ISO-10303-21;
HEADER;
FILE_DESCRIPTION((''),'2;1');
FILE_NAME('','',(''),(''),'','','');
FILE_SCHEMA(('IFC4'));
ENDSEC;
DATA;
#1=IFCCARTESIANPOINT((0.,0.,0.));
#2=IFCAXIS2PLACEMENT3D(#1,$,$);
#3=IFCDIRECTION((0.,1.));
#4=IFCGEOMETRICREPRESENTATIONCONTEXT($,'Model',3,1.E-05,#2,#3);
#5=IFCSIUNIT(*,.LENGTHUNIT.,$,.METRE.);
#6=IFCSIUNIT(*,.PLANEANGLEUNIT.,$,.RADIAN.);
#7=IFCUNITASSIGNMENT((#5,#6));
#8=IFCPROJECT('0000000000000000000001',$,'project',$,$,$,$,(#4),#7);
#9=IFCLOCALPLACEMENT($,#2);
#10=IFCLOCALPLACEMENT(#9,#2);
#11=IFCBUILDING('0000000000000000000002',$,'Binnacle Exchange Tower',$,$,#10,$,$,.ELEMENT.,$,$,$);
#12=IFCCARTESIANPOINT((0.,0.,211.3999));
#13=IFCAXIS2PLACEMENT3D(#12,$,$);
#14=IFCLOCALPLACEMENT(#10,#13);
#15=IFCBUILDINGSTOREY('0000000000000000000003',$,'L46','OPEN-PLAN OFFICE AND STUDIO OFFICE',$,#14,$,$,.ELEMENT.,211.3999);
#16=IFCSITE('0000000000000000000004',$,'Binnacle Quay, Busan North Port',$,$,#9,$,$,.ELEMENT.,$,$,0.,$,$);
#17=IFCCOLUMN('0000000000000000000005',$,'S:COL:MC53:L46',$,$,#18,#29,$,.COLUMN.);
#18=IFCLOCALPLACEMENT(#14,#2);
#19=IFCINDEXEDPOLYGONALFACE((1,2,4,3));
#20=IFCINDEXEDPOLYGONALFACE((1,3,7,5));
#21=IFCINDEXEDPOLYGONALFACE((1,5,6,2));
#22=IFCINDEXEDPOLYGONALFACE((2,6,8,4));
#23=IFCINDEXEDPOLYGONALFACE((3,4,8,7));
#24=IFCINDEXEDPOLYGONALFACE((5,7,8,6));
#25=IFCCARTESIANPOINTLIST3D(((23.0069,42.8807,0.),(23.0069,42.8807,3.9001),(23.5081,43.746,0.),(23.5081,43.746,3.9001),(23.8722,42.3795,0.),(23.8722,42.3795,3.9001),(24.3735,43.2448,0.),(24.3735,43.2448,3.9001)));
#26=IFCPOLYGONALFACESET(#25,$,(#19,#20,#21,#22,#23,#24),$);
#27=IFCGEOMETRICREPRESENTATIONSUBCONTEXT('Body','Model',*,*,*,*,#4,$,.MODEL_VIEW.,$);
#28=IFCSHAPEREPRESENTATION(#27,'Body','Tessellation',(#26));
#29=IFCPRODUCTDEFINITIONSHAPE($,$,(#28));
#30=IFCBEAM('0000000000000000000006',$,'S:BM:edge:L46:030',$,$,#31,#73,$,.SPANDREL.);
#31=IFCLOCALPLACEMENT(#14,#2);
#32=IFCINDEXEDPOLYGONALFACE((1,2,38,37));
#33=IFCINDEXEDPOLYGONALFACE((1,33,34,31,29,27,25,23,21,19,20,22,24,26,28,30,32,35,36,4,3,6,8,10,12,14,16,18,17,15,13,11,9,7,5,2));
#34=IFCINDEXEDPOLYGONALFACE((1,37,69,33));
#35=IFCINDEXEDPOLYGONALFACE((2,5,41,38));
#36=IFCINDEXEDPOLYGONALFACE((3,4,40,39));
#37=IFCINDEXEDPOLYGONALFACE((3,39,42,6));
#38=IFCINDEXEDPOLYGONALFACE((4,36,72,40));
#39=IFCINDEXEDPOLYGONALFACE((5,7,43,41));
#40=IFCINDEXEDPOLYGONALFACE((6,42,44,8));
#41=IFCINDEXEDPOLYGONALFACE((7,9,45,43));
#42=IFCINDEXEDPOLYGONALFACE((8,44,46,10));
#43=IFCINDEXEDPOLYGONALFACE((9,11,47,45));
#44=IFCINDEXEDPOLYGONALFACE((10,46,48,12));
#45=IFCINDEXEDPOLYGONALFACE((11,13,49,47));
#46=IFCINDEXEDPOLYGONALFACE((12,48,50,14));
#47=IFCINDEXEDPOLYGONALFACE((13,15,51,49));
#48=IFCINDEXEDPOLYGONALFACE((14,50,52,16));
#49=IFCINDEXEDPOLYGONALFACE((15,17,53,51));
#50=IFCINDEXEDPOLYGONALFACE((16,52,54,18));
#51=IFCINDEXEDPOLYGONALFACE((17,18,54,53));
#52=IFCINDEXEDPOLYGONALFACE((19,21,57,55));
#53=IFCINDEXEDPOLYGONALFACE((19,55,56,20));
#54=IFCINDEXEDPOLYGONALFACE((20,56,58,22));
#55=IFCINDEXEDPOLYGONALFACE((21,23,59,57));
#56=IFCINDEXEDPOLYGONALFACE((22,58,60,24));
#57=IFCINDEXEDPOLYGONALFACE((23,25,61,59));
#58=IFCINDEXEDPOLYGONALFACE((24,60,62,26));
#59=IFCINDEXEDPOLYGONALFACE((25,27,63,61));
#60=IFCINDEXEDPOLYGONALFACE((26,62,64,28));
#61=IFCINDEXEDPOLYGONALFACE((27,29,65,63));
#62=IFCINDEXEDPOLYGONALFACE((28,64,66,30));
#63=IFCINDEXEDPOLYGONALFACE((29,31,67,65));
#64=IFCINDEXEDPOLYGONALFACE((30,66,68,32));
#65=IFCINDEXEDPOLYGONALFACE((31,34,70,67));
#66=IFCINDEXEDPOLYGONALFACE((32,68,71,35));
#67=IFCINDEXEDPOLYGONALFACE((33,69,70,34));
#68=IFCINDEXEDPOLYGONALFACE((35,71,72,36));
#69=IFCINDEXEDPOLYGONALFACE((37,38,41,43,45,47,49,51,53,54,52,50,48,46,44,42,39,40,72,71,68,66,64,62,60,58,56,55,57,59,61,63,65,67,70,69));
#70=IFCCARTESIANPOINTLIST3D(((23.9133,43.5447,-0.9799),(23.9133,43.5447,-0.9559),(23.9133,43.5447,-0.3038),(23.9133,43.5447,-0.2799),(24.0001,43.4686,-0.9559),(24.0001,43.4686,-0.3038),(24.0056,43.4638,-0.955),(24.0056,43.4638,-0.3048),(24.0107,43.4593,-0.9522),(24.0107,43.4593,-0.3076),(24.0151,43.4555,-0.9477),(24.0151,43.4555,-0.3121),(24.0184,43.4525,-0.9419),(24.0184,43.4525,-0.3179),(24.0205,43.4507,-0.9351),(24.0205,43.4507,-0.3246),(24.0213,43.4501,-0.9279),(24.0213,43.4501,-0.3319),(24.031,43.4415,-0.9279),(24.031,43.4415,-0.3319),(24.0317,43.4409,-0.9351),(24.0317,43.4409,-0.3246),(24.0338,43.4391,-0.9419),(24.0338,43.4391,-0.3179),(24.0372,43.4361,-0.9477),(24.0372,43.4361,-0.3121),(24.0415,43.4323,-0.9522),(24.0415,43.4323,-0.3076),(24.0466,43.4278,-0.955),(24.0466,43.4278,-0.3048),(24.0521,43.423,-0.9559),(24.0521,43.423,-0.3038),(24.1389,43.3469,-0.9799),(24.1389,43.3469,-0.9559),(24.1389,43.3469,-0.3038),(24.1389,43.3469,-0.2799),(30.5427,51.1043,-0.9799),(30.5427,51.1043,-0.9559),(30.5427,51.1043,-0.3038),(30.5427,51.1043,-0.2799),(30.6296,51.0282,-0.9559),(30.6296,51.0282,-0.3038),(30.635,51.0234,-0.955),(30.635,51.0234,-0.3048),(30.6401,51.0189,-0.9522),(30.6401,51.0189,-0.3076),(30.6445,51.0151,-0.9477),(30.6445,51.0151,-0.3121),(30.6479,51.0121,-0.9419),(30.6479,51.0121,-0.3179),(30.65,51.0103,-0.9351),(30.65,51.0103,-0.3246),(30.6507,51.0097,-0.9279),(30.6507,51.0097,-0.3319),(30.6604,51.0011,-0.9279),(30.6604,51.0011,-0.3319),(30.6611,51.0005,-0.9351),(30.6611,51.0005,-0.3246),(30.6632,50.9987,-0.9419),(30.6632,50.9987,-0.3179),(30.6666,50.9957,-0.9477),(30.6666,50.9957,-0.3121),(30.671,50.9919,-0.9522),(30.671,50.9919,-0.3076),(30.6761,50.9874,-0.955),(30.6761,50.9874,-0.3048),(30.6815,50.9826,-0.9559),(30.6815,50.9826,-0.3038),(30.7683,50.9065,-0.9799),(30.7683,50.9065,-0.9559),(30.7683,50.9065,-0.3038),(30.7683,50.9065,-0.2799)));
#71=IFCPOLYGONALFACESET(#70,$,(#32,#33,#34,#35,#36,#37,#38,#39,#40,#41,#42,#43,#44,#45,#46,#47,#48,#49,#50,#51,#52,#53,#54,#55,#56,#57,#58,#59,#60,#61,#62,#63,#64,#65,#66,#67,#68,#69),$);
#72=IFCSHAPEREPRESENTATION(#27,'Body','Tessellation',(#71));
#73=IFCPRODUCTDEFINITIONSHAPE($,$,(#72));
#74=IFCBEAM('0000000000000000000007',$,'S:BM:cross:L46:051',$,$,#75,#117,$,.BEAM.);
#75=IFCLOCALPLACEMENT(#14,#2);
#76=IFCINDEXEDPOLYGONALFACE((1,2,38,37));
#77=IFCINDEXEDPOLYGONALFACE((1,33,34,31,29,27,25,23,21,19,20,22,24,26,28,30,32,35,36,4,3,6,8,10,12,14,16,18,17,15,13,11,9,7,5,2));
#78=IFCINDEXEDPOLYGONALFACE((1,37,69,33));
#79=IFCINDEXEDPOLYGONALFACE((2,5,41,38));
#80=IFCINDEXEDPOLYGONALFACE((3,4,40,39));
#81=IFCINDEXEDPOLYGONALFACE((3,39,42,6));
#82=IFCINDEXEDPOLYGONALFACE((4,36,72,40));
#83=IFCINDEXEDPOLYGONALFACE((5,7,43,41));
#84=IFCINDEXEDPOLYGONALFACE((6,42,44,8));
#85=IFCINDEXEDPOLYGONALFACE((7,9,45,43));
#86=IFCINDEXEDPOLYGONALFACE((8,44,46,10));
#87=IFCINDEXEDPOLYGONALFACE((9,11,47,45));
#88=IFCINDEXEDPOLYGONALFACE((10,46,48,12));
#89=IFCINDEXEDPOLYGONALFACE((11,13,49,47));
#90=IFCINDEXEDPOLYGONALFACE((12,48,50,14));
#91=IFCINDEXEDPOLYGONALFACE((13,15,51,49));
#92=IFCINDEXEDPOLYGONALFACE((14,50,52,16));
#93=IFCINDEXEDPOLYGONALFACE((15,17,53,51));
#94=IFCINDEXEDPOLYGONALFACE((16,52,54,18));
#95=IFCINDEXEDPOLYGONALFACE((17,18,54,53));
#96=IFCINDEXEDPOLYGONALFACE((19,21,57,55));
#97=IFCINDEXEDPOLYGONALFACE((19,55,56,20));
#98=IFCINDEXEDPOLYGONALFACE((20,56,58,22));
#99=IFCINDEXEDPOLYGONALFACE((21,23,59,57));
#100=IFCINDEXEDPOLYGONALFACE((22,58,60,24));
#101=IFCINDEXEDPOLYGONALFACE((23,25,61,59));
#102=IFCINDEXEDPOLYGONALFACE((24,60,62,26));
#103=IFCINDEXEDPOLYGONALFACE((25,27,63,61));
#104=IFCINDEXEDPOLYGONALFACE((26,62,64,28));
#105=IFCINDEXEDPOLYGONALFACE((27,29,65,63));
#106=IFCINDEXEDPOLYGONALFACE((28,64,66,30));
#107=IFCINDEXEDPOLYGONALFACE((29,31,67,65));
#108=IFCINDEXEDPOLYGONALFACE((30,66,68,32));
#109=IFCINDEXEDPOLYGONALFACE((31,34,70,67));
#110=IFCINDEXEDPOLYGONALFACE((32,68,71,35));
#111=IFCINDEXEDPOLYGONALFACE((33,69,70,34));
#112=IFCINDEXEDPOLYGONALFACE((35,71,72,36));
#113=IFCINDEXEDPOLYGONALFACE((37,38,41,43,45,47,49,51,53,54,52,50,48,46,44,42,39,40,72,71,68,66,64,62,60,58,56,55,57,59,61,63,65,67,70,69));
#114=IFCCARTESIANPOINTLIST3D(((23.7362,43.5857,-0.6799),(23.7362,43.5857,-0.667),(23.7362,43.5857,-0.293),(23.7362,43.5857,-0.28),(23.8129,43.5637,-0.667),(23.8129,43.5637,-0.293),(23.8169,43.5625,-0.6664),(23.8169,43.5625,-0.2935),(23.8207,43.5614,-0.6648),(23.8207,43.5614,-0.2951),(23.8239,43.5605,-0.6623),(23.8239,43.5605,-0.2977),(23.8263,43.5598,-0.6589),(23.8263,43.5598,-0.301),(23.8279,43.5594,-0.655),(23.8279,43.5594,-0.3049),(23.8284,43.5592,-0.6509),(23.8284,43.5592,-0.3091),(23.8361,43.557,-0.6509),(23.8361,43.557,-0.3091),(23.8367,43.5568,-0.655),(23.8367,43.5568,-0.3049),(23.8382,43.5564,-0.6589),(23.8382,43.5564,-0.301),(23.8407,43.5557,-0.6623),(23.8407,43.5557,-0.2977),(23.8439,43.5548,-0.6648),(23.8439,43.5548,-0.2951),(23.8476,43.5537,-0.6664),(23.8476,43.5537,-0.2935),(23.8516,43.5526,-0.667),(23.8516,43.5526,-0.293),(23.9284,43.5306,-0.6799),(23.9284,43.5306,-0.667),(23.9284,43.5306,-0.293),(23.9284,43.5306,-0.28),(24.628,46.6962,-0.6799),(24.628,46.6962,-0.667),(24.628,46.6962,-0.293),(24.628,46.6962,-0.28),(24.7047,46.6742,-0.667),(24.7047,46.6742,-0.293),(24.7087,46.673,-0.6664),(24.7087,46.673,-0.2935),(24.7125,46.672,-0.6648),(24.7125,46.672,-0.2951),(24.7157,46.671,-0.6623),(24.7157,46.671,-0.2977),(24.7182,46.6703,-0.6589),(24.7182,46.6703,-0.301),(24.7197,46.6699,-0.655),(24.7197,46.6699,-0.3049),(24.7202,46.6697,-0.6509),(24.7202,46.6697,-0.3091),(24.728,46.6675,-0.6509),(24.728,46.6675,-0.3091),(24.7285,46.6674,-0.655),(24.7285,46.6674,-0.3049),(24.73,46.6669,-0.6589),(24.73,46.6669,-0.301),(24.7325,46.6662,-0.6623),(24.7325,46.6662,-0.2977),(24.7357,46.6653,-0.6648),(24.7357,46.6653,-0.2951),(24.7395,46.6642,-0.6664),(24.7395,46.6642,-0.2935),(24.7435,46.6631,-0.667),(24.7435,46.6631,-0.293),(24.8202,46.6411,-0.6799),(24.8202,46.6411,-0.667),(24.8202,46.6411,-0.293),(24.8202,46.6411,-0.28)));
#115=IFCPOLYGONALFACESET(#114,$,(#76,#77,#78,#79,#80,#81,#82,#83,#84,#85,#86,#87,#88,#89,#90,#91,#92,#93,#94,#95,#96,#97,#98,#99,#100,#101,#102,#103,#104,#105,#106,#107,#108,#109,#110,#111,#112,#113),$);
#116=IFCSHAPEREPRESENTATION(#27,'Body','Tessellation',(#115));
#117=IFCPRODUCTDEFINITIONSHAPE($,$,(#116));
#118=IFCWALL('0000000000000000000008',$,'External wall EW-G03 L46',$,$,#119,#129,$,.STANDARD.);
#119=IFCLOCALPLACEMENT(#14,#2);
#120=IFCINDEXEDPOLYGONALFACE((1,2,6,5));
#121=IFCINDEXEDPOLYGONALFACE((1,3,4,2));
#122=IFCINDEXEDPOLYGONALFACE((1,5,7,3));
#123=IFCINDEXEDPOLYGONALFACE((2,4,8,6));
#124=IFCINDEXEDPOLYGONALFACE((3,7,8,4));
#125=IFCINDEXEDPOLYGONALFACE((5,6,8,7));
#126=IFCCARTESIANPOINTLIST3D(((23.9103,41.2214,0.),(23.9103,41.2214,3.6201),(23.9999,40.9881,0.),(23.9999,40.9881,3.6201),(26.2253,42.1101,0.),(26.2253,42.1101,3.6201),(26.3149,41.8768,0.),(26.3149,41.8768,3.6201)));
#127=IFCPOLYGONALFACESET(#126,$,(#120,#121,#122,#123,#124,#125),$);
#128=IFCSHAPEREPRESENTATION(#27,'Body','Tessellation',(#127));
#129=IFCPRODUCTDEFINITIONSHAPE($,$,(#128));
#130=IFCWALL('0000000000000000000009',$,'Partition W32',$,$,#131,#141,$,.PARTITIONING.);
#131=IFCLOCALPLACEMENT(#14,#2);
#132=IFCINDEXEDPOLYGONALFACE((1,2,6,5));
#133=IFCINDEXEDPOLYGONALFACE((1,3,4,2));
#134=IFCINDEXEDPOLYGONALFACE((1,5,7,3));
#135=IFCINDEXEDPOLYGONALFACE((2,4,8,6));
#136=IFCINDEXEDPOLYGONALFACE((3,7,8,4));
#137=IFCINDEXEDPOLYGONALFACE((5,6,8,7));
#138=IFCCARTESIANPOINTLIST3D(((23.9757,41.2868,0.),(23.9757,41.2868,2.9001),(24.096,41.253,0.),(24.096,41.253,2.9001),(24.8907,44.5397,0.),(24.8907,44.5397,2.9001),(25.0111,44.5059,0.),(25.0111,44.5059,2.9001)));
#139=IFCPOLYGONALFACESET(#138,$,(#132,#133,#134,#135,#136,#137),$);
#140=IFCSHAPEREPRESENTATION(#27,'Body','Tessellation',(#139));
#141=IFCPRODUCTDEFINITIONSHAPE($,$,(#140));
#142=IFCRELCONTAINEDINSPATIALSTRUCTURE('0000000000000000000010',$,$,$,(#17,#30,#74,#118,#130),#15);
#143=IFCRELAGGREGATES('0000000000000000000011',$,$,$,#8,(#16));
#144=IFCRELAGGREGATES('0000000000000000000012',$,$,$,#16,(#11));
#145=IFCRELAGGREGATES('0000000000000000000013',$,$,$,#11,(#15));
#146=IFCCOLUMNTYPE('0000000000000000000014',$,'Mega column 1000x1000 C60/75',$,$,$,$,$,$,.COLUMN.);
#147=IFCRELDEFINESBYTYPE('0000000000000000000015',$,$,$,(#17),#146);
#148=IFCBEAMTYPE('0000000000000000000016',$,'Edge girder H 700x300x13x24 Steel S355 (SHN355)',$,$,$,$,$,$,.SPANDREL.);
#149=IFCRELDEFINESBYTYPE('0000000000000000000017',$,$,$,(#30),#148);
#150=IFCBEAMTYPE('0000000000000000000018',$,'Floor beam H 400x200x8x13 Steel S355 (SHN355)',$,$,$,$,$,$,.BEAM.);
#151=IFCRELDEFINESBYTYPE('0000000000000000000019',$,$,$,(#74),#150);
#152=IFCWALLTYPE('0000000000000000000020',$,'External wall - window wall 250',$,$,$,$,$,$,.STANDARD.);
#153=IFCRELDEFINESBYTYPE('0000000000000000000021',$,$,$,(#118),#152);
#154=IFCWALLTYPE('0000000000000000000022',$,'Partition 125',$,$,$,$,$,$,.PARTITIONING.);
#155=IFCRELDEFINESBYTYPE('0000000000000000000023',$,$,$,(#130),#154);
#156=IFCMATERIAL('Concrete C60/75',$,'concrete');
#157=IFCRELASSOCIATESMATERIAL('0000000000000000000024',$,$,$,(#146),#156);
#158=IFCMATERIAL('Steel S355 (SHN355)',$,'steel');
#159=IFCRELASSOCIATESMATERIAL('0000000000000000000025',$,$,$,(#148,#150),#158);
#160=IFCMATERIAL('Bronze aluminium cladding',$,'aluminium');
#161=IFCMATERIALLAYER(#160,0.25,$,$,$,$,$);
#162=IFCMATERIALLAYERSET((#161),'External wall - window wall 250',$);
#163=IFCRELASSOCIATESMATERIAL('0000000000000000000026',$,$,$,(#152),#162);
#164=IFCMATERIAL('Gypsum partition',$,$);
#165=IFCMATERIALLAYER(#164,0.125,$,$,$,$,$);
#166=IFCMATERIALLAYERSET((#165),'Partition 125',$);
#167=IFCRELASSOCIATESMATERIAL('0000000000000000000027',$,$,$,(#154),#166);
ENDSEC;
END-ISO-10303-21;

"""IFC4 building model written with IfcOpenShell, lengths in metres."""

from ifc_helpers import new_model, si_unit, direction, frame, frame_2d, origin, origin_2d, place, context, subcontext, project, spatial, rectangle, i_section, extrude, material, layer, layer_set, material_profile, profile_set, type_object, element, save


model = new_model("IFC4")

# Units and contexts
model_context = context("Model", 3, precision=1e-05, world=origin(), true_north=direction((0.0, 1.0)))
body_context = subcontext(model_context, "Body", "Model", "MODEL_VIEW")
ifc_project = project(units=[si_unit("LENGTHUNIT", "METRE"), si_unit("PLANEANGLEUNIT", "RADIAN")], contexts=[model_context])

# Site, building, storey
site_placement = place(None, origin())
site = spatial("IfcSite", under=ifc_project, at=site_placement, Name="Binnacle Quay, Busan North Port", CompositionType="ELEMENT", RefElevation=0.0)
building_placement = place(site_placement, origin())
building = spatial("IfcBuilding", under=site, at=building_placement, Name="Binnacle Exchange Tower", CompositionType="ELEMENT")
storey_placement = place(building_placement, frame((0.0, 0.0, 211.3999)))
storey = spatial("IfcBuildingStorey", under=building, at=storey_placement, Name="L46", Description="OPEN-PLAN OFFICE AND STUDIO OFFICE", CompositionType="ELEMENT", Elevation=211.3999)

# Column
ifc_material_1 = material(Name="Concrete C60/75", Category="concrete")
ifc_material_profile_1 = material_profile(ifc_material_1, rectangle(XDim=1.0, YDim=1.0, at=origin_2d()), Name="Mega column 1000x1000 C60/75")
ifc_profile_set_1 = profile_set([ifc_material_profile_1], Name="Concrete C60/75")
column_type = type_object("IfcColumnType", Name="Mega column 1000x1000 C60/75", PredefinedType="COLUMN", material=ifc_profile_set_1)
column_placement = place(storey_placement, frame((23.6902, 43.0627, 0.0), z_axis=(0.0, 0.0, 1.0), x_axis=(-0.865326, 0.501209, 0.0)))
element("IfcColumn", 1, at=column_placement, inside=storey, type_object=column_type, Name="S:COL:MC53:L46", PredefinedType="COLUMN", context=body_context, shape_type="SweptSolid", body=[
    extrude(rectangle(XDim=1.0, YDim=1.0, at=origin_2d()), origin(), (0.0, 0.0, 1.0), 3.9001),
])

# Beams
ifc_material_2 = material(Name="Steel S355 (SHN355)", Category="steel")
ifc_material_profile_2 = material_profile(ifc_material_2, i_section(OverallWidth=0.3, OverallDepth=0.7, WebThickness=0.0129, FlangeThickness=0.0239, FilletRadius=0.0281, at=origin_2d()), Name="H 700x300x13x24")
ifc_profile_set_2 = profile_set([ifc_material_profile_2], Name="Steel S355 (SHN355)")
beam_type_1 = type_object("IfcBeamType", Name="Edge girder H 700x300x13x24 Steel S355 (SHN355)", PredefinedType="SPANDREL", material=ifc_profile_set_2)
beam_1_placement = place(storey_placement, frame((24.0261, 43.4458, -0.6299), z_axis=(0.659336, 0.751848, 0.0), x_axis=(-0.751848, 0.659336, 0.0)))
element("IfcBeam", 2, at=beam_1_placement, inside=storey, type_object=beam_type_1, Name="S:BM:edge:L46:030", PredefinedType="SPANDREL", context=body_context, shape_type="SweptSolid", body=[
    extrude(i_section(OverallWidth=0.3, OverallDepth=0.7, WebThickness=0.0129, FlangeThickness=0.0239, FilletRadius=0.0281, at=origin_2d()), origin(), (0.0, 0.0, 1.0), 10.0547),
])
ifc_material_profile_3 = material_profile(ifc_material_2, i_section(OverallWidth=0.2, OverallDepth=0.3999, WebThickness=0.0081, FlangeThickness=0.0129, FilletRadius=0.0161, at=origin_2d()), Name="H 400x200x8x13")
ifc_profile_set_3 = profile_set([ifc_material_profile_3], Name="Steel S355 (SHN355)")
beam_type_2 = type_object("IfcBeamType", Name="Floor beam H 400x200x8x13 Steel S355 (SHN355)", PredefinedType="BEAM", material=ifc_profile_set_3)
beam_2_placement = place(storey_placement, frame((23.8323, 43.5581, -0.48), z_axis=(0.275608, 0.96127, 0.0), x_axis=(-0.96127, 0.275608, 0.0)))
element("IfcBeam", 3, at=beam_2_placement, inside=storey, type_object=beam_type_2, Name="S:BM:cross:L46:051", PredefinedType="BEAM", context=body_context, shape_type="SweptSolid", body=[
    extrude(i_section(OverallWidth=0.2, OverallDepth=0.3999, WebThickness=0.0081, FlangeThickness=0.0129, FilletRadius=0.0161, at=origin_2d()), origin(), (0.0, 0.0, 1.0), 3.2358),
])

# Shared definitions
ifc_material_3 = material(Name="Bronze aluminium cladding", Category="aluminium")
ifc_layer_1 = layer(ifc_material_3, 0.25)
ifc_layer_set_1 = layer_set([ifc_layer_1], Name="External wall - window wall 250")
wall_type_1 = type_object("IfcWallType", Name="External wall - window wall 250", PredefinedType="STANDARD", material=ifc_layer_set_1)

# Walls
wall_1_placement = place(storey_placement, frame((26.27, 41.9934, 0.0), z_axis=(0.0, 0.0, 1.0), x_axis=(-0.933574, -0.358385, 0.0)))
element("IfcWall", 4, at=wall_1_placement, inside=storey, type_object=wall_type_1, Name="External wall EW-G03 L46", PredefinedType="STANDARD", context=body_context, shape_type="SweptSolid", body=[
    extrude(rectangle(XDim=2.4797, YDim=0.25, at=frame_2d((1.2397, 0.0))), origin(), (0.0, 0.0, 1.0), 3.6201),
])
ifc_material_4 = material(Name="Gypsum partition")
ifc_layer_2 = layer(ifc_material_4, 0.125)
ifc_layer_set_2 = layer_set([ifc_layer_2], Name="Partition 125")
wall_type_2 = type_object("IfcWallType", Name="Partition 125", PredefinedType="PARTITIONING", material=ifc_layer_set_2)
wall_2_placement = place(storey_placement, frame((24.0359, 41.27, 0.0), z_axis=(0.0, 0.0, 1.0), x_axis=(0.270787, 0.962639, 0.0)))
element("IfcWall", 5, at=wall_2_placement, inside=storey, type_object=wall_type_2, Name="Partition W32", PredefinedType="PARTITIONING", context=body_context, shape_type="SweptSolid", body=[
    extrude(rectangle(XDim=3.3792, YDim=0.125, at=frame_2d((1.6895, 0.0))), origin(), (0.0, 0.0, 1.0), 2.9001),
])

save(model, "model.ifc")
